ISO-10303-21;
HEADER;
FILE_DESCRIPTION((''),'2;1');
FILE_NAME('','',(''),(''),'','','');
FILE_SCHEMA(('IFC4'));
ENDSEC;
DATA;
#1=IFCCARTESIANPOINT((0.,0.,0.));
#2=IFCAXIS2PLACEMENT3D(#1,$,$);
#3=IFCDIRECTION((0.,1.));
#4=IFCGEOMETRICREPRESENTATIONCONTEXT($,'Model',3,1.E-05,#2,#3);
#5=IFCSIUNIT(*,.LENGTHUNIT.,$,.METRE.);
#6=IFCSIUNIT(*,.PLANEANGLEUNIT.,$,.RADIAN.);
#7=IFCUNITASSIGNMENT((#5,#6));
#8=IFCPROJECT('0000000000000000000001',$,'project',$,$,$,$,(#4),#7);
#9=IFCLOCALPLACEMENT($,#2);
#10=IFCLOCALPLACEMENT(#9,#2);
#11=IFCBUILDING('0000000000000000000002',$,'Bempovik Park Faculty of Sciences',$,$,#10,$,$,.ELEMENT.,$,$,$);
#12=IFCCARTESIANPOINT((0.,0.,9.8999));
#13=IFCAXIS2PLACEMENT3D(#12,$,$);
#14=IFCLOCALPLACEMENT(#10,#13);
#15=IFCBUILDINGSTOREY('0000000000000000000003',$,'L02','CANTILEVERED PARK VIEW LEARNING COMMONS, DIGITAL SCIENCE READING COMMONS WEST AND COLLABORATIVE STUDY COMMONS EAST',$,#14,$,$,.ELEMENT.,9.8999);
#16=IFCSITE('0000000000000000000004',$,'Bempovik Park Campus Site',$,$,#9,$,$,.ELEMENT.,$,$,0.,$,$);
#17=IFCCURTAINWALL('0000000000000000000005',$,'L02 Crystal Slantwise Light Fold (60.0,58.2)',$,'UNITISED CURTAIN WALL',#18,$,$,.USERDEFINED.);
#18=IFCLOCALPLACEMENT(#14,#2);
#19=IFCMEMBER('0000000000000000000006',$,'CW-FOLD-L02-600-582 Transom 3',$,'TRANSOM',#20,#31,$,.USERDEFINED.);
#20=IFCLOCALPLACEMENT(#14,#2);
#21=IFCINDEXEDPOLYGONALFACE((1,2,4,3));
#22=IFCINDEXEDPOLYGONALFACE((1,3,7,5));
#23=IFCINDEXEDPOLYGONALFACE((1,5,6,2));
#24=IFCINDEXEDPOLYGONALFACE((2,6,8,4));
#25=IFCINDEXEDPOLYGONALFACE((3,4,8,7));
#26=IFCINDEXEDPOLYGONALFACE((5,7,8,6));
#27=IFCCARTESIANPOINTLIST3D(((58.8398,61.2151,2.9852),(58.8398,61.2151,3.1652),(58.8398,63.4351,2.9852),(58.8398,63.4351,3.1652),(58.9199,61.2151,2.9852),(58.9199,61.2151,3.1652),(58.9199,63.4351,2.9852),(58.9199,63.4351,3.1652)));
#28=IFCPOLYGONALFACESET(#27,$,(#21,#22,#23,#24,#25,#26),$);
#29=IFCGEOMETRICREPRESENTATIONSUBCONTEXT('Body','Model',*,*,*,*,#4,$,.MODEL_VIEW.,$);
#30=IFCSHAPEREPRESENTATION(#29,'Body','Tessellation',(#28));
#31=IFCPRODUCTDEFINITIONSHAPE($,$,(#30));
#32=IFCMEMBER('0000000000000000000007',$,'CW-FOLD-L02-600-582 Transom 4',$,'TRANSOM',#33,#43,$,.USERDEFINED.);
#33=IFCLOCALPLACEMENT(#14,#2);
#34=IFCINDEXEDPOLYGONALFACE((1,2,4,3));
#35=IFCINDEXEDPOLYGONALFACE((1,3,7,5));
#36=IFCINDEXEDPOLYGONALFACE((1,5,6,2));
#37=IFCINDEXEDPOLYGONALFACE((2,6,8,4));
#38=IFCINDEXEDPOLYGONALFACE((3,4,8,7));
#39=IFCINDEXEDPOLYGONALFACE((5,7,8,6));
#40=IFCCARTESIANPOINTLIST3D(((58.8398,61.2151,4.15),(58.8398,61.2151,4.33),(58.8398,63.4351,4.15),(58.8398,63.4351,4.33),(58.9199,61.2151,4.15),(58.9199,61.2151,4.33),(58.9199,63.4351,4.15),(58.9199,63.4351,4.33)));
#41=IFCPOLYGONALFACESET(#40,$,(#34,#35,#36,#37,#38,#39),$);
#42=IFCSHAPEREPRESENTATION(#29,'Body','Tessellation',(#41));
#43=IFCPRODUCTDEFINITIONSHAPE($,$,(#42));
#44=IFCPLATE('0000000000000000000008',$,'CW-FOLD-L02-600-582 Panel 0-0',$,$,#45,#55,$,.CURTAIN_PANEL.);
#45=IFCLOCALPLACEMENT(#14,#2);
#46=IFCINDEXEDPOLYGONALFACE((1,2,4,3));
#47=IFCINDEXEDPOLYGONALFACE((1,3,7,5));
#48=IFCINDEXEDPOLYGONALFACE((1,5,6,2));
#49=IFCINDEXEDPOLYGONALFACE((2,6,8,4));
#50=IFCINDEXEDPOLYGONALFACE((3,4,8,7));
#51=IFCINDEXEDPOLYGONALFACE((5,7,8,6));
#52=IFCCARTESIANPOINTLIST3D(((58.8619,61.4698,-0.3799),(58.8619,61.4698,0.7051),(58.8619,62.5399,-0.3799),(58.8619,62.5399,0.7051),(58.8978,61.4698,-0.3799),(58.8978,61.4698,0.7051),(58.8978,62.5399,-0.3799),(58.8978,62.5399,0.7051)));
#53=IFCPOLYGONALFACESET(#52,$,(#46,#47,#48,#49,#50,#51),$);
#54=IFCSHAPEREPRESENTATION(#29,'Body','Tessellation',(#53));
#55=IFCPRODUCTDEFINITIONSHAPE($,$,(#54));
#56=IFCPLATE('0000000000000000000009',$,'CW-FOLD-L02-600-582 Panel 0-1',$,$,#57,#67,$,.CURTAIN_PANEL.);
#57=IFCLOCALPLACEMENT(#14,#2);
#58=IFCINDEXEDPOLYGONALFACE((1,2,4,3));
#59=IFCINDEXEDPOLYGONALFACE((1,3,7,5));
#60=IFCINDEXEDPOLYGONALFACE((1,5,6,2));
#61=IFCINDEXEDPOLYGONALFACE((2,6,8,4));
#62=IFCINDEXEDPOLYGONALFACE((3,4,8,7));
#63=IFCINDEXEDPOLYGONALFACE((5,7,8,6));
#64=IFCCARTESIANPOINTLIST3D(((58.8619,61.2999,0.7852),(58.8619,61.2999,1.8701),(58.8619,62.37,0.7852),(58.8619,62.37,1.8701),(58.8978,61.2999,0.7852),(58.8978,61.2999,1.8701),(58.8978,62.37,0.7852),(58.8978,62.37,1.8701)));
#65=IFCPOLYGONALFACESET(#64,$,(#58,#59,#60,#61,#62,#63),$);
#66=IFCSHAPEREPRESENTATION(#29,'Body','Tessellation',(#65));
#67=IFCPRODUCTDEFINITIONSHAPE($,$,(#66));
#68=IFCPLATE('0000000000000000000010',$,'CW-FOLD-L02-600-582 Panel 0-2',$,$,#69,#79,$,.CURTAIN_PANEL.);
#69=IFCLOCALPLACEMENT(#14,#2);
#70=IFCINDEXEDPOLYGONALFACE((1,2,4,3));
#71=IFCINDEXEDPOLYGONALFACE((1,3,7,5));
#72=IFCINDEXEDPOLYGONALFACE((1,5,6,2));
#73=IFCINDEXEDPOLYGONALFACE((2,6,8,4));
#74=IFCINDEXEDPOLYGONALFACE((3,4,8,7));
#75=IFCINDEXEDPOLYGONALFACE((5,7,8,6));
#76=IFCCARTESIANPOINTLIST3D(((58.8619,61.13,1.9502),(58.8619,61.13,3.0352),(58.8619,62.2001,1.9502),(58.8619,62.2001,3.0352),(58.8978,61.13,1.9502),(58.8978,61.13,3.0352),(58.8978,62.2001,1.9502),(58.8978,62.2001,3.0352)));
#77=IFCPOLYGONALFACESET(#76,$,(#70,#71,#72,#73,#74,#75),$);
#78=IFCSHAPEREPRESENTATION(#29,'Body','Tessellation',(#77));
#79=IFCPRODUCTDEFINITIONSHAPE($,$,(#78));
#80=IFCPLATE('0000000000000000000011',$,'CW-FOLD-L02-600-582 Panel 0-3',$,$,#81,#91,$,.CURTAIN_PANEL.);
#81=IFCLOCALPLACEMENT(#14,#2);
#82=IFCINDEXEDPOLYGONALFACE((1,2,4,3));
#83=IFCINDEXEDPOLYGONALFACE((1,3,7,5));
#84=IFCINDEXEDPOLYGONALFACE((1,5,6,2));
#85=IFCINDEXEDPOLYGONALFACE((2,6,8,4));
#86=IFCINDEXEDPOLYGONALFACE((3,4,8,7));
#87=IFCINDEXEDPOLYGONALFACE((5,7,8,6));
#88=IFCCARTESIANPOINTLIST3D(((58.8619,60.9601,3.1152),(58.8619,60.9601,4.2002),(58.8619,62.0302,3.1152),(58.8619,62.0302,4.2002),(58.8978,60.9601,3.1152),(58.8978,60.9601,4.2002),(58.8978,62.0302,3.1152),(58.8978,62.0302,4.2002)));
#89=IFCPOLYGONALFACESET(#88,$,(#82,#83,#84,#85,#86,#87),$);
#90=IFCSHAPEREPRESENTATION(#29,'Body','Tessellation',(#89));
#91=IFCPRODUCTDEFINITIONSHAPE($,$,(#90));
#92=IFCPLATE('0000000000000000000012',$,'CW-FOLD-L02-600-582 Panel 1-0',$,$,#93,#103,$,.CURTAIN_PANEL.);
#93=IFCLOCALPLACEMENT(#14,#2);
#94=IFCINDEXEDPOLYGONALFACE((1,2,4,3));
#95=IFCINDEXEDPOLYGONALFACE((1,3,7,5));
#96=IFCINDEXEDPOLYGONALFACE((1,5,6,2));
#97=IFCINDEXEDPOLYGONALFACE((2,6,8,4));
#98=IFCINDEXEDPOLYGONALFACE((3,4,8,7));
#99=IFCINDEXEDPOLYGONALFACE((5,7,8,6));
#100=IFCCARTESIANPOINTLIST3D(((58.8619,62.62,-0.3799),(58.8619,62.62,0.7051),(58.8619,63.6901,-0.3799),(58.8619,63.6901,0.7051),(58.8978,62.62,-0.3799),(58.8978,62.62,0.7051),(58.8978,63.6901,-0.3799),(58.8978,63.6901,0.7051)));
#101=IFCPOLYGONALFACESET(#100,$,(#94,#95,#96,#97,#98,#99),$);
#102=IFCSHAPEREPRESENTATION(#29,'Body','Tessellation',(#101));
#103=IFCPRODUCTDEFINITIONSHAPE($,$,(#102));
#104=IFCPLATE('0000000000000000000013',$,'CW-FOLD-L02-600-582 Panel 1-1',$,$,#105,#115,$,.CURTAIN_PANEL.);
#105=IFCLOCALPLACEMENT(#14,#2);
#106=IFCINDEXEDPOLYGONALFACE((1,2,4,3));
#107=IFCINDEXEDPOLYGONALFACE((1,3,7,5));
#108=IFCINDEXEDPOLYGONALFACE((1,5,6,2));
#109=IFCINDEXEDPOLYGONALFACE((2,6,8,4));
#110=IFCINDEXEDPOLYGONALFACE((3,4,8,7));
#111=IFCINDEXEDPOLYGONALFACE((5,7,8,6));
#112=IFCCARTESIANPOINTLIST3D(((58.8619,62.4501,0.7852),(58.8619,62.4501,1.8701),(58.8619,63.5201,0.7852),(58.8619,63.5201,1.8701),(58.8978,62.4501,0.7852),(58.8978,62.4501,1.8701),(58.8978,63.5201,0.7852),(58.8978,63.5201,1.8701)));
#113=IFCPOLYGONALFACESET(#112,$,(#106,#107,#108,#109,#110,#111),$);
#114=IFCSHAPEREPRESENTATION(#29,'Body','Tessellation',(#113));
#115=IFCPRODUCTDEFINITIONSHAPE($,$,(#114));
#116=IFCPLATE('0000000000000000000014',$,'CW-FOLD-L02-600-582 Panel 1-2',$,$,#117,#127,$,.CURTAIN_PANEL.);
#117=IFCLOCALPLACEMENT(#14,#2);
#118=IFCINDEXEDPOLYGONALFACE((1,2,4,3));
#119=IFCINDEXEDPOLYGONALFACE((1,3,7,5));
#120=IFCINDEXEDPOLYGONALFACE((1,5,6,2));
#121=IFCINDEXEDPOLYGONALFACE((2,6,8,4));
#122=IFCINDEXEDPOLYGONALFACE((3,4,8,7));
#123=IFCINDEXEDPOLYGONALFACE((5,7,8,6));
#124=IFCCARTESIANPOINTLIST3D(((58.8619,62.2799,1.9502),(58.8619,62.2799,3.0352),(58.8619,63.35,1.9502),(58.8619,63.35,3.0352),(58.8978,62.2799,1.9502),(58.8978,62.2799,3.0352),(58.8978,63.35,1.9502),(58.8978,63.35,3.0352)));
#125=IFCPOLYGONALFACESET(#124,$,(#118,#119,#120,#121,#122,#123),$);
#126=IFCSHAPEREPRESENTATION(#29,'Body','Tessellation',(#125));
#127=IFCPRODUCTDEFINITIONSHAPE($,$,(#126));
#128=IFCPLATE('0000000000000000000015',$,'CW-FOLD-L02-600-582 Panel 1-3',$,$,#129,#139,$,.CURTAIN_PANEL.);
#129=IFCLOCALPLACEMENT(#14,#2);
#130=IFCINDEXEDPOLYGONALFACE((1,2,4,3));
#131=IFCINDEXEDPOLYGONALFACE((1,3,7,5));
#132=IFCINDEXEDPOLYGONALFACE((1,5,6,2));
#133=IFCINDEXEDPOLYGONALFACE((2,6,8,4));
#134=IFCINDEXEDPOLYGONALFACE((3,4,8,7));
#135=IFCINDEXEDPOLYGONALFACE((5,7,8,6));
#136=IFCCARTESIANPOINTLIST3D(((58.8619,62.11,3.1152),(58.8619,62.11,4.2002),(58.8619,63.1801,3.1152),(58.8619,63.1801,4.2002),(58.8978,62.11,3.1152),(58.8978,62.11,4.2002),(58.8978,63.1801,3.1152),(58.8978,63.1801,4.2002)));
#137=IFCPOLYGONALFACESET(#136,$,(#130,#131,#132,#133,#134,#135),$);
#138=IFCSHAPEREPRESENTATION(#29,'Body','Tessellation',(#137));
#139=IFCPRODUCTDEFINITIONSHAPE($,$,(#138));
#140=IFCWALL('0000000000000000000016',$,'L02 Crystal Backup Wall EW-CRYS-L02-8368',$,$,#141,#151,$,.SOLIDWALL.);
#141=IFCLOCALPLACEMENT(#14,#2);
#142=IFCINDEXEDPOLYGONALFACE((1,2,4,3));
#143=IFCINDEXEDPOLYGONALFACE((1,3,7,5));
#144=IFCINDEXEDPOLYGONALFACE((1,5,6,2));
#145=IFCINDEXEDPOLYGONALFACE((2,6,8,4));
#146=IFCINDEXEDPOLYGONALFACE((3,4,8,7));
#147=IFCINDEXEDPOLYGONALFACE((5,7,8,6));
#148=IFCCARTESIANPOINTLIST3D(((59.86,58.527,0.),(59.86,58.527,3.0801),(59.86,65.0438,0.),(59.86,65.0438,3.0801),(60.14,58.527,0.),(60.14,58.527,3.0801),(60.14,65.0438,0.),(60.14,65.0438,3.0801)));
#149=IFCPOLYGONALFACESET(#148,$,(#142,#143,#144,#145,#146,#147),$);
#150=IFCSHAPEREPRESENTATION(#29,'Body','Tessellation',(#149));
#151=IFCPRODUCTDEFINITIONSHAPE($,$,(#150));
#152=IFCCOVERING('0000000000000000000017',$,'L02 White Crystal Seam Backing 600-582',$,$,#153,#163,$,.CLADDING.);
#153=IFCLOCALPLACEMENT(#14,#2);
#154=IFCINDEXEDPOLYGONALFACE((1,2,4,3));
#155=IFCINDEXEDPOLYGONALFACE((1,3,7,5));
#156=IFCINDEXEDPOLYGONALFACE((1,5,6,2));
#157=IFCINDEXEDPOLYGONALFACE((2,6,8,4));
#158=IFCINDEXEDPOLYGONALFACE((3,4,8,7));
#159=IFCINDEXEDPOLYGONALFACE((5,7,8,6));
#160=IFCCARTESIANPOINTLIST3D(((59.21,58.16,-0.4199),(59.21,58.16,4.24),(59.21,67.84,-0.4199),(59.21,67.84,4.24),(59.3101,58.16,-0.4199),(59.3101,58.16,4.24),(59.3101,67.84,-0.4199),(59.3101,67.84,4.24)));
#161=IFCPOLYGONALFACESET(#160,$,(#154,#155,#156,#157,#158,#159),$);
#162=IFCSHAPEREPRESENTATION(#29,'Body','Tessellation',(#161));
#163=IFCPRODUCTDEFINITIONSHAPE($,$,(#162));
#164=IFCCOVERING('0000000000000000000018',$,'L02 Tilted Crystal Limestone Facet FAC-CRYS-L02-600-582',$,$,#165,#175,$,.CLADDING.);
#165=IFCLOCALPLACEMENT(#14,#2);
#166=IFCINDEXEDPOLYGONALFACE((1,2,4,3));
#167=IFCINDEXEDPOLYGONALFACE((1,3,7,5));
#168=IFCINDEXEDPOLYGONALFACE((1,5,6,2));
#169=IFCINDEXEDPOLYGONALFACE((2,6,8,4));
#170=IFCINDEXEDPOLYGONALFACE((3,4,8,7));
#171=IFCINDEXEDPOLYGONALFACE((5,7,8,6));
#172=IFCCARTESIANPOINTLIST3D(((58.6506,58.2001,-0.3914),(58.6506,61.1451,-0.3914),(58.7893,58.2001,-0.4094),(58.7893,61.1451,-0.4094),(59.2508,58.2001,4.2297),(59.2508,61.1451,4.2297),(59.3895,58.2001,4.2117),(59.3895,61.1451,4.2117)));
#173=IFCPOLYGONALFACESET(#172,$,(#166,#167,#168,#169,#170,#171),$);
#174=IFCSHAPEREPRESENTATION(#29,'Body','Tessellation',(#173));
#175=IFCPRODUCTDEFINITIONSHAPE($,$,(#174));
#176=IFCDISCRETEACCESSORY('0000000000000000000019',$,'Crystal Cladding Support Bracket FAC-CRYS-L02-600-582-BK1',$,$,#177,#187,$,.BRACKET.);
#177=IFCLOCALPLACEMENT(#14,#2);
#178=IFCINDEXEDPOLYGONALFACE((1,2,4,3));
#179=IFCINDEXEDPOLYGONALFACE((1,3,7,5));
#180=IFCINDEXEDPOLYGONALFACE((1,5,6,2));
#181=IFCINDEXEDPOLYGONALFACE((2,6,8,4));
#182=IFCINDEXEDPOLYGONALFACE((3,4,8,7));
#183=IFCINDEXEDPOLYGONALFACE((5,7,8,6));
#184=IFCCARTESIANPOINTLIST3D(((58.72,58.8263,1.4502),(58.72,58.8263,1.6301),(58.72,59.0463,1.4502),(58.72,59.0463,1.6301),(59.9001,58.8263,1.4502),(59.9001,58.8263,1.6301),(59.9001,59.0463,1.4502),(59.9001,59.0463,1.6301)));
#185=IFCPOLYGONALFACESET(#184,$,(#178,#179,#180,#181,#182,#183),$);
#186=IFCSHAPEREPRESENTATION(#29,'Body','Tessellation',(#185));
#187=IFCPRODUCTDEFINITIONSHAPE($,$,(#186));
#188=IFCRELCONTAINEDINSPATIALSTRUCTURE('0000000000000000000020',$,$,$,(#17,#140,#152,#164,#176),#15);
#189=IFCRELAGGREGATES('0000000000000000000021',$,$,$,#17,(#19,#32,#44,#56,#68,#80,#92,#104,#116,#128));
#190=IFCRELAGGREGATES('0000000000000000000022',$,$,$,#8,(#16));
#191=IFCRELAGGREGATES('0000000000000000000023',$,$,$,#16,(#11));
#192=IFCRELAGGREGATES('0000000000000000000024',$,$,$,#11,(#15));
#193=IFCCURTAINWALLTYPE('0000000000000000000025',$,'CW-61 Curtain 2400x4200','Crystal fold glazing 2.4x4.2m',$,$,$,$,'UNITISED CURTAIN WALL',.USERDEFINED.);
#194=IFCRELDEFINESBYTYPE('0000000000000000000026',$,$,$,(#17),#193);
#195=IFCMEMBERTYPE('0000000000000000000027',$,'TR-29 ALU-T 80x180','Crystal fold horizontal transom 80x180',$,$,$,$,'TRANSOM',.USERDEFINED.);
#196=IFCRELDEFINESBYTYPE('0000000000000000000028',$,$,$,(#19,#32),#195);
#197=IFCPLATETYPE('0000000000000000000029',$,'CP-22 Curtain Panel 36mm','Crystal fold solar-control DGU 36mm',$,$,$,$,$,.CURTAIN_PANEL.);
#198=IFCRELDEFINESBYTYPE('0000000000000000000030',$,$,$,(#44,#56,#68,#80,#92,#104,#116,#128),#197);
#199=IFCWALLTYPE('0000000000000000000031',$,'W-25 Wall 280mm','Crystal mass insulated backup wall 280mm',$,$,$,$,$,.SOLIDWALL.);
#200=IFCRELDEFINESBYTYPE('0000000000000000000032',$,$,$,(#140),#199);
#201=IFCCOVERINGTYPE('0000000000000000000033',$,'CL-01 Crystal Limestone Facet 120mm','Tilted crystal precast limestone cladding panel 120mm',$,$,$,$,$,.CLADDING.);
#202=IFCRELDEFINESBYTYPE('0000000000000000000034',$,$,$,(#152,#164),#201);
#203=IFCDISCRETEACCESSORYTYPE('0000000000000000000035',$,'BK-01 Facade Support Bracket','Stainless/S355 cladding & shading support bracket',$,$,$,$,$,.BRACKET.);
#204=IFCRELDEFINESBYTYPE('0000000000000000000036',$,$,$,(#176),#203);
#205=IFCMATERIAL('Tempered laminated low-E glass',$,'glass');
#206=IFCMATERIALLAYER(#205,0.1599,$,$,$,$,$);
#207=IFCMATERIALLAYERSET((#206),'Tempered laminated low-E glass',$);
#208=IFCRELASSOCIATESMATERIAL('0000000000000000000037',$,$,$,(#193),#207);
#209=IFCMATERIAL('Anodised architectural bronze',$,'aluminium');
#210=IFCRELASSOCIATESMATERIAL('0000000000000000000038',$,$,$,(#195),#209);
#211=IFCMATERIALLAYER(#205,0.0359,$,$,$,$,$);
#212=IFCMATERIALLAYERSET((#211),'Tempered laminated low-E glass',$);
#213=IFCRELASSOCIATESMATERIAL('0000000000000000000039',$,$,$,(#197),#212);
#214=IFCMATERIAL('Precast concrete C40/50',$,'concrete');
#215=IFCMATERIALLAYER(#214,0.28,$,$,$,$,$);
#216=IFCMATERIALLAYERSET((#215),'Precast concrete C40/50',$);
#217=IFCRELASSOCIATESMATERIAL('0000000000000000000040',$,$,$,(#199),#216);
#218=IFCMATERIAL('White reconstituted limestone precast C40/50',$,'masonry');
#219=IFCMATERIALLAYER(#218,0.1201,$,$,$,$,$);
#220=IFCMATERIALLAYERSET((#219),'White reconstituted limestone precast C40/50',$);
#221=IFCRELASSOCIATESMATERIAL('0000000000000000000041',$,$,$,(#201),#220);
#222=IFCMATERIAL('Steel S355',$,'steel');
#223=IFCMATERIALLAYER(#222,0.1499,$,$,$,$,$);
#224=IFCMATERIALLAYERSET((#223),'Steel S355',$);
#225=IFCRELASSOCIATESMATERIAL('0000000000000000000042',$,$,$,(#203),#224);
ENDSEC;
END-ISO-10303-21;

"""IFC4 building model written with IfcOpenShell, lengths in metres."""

from ifc_helpers import new_model, si_unit, direction, frame, frame_2d, origin, origin_2d, place, context, subcontext, project, spatial, rectangle, extrude, material, layer, layer_set, material_profile, profile_set, type_object, element, aggregate, save


model = new_model("IFC4")

# Units and contexts
model_context = context("Model", 3, precision=1e-05, world=origin(), true_north=direction((0.0, 1.0)))
body_context = subcontext(model_context, "Body", "Model", "MODEL_VIEW")
ifc_project = project(units=[si_unit("LENGTHUNIT", "METRE"), si_unit("PLANEANGLEUNIT", "RADIAN")], contexts=[model_context])

# Site, building, storey
site_placement = place(None, origin())
site = spatial("IfcSite", under=ifc_project, at=site_placement, Name="Bempovik Park Campus Site", CompositionType="ELEMENT", RefElevation=0.0)
building_placement = place(site_placement, origin())
building = spatial("IfcBuilding", under=site, at=building_placement, Name="Bempovik Park Faculty of Sciences", CompositionType="ELEMENT")
storey_placement = place(building_placement, frame((0.0, 0.0, 9.8999)))
storey = spatial("IfcBuildingStorey", under=building, at=storey_placement, Name="L02", Description="CANTILEVERED PARK VIEW LEARNING COMMONS, DIGITAL SCIENCE READING COMMONS WEST AND COLLABORATIVE STUDY COMMONS EAST", CompositionType="ELEMENT", Elevation=9.8999)

# Curtain wall, members, plates
ifc_material_1 = material(Name="Tempered laminated low-E glass", Category="glass")
ifc_layer_1 = layer(ifc_material_1, 0.1599)
ifc_layer_set_1 = layer_set([ifc_layer_1], Name="Tempered laminated low-E glass")
curtain_wall_type = type_object("IfcCurtainWallType", Name="CW-61 Curtain 2400x4200", Description="Crystal fold glazing 2.4x4.2m", ElementType="UNITISED CURTAIN WALL", PredefinedType="USERDEFINED", material=ifc_layer_set_1)
curtain_wall_placement = place(storey_placement, origin())
curtain_wall = element("IfcCurtainWall", 1, at=curtain_wall_placement, inside=storey, type_object=curtain_wall_type, Name="L02 Crystal Slantwise Light Fold (60.0,58.2)", ObjectType="UNITISED CURTAIN WALL", PredefinedType="USERDEFINED")
ifc_material_2 = material(Name="Anodised architectural bronze", Category="aluminium")
ifc_material_profile_1 = material_profile(ifc_material_2, rectangle(XDim=0.0801, YDim=0.1799, at=origin_2d()), Name="ALU-T 80x180")
ifc_profile_set_1 = profile_set([ifc_material_profile_1], Name="Anodised architectural bronze")
member_type_1 = type_object("IfcMemberType", Name="TR-29 ALU-T 80x180", Description="Crystal fold horizontal transom 80x180", ElementType="TRANSOM", PredefinedType="USERDEFINED", material=ifc_profile_set_1)
member_1_placement = place(storey_placement, frame((58.8799, 61.2151, 3.0752), z_axis=(0.0, 1.0, 0.0), x_axis=(-1.0, 0.0, 0.0)))
member_1 = element("IfcMember", 2, at=member_1_placement, type_object=member_type_1, Name="CW-FOLD-L02-600-582 Transom 3", ObjectType="TRANSOM", PredefinedType="USERDEFINED", context=body_context, shape_type="SweptSolid", body=[
    extrude(rectangle(XDim=0.0801, YDim=0.1799, at=origin_2d()), origin(), (0.0, 0.0, 1.0), 2.22),
])
member_2_placement = place(storey_placement, frame((58.8799, 61.2151, 4.24), z_axis=(0.0, 1.0, 0.0), x_axis=(-1.0, 0.0, 0.0)))
member_2 = element("IfcMember", 3, at=member_2_placement, type_object=member_type_1, Name="CW-FOLD-L02-600-582 Transom 4", ObjectType="TRANSOM", PredefinedType="USERDEFINED", context=body_context, shape_type="SweptSolid", body=[
    extrude(rectangle(XDim=0.0801, YDim=0.1799, at=origin_2d()), origin(), (0.0, 0.0, 1.0), 2.22),
])
ifc_layer_2 = layer(ifc_material_1, 0.0359)
ifc_layer_set_2 = layer_set([ifc_layer_2], Name="Tempered laminated low-E glass")
plate_type = type_object("IfcPlateType", Name="CP-22 Curtain Panel 36mm", Description="Crystal fold solar-control DGU 36mm", PredefinedType="CURTAIN_PANEL", material=ifc_layer_set_2)
plate_1_placement = place(storey_placement, frame((58.8799, 62.0049, -0.3799), z_axis=(0.0, 0.0, 1.0), x_axis=(0.0, 1.0, 0.0)))
plate_1 = element("IfcPlate", 4, at=plate_1_placement, type_object=plate_type, Name="CW-FOLD-L02-600-582 Panel 0-0", PredefinedType="CURTAIN_PANEL", context=body_context, shape_type="SweptSolid", body=[
    extrude(rectangle(XDim=1.0701, YDim=0.0359, at=origin_2d()), origin(), (0.0, 0.0, 1.0), 1.085),
])
plate_2_placement = place(storey_placement, frame((58.8799, 61.835, 0.7852), z_axis=(0.0, 0.0, 1.0), x_axis=(0.0, 1.0, 0.0)))
plate_2 = element("IfcPlate", 5, at=plate_2_placement, type_object=plate_type, Name="CW-FOLD-L02-600-582 Panel 0-1", PredefinedType="CURTAIN_PANEL", context=body_context, shape_type="SweptSolid", body=[
    extrude(rectangle(XDim=1.0701, YDim=0.0359, at=origin_2d()), origin(), (0.0, 0.0, 1.0), 1.085),
])
plate_3_placement = place(storey_placement, frame((58.8799, 61.665, 1.9502), z_axis=(0.0, 0.0, 1.0), x_axis=(0.0, 1.0, 0.0)))
plate_3 = element("IfcPlate", 6, at=plate_3_placement, type_object=plate_type, Name="CW-FOLD-L02-600-582 Panel 0-2", PredefinedType="CURTAIN_PANEL", context=body_context, shape_type="SweptSolid", body=[
    extrude(rectangle(XDim=1.0701, YDim=0.0359, at=origin_2d()), origin(), (0.0, 0.0, 1.0), 1.085),
])
plate_4_placement = place(storey_placement, frame((58.8799, 61.4951, 3.1152), z_axis=(0.0, 0.0, 1.0), x_axis=(0.0, 1.0, 0.0)))
plate_4 = element("IfcPlate", 7, at=plate_4_placement, type_object=plate_type, Name="CW-FOLD-L02-600-582 Panel 0-3", PredefinedType="CURTAIN_PANEL", context=body_context, shape_type="SweptSolid", body=[
    extrude(rectangle(XDim=1.0701, YDim=0.0359, at=origin_2d()), origin(), (0.0, 0.0, 1.0), 1.085),
])
plate_5_placement = place(storey_placement, frame((58.8799, 63.155, -0.3799), z_axis=(0.0, 0.0, 1.0), x_axis=(0.0, 1.0, 0.0)))
plate_5 = element("IfcPlate", 8, at=plate_5_placement, type_object=plate_type, Name="CW-FOLD-L02-600-582 Panel 1-0", PredefinedType="CURTAIN_PANEL", context=body_context, shape_type="SweptSolid", body=[
    extrude(rectangle(XDim=1.0701, YDim=0.0359, at=origin_2d()), origin(), (0.0, 0.0, 1.0), 1.085),
])
plate_6_placement = place(storey_placement, frame((58.8799, 62.9851, 0.7852), z_axis=(0.0, 0.0, 1.0), x_axis=(0.0, 1.0, 0.0)))
plate_6 = element("IfcPlate", 9, at=plate_6_placement, type_object=plate_type, Name="CW-FOLD-L02-600-582 Panel 1-1", PredefinedType="CURTAIN_PANEL", context=body_context, shape_type="SweptSolid", body=[
    extrude(rectangle(XDim=1.0701, YDim=0.0359, at=origin_2d()), origin(), (0.0, 0.0, 1.0), 1.085),
])
plate_7_placement = place(storey_placement, frame((58.8799, 62.8149, 1.9502), z_axis=(0.0, 0.0, 1.0), x_axis=(0.0, 1.0, 0.0)))
plate_7 = element("IfcPlate", 10, at=plate_7_placement, type_object=plate_type, Name="CW-FOLD-L02-600-582 Panel 1-2", PredefinedType="CURTAIN_PANEL", context=body_context, shape_type="SweptSolid", body=[
    extrude(rectangle(XDim=1.0701, YDim=0.0359, at=origin_2d()), origin(), (0.0, 0.0, 1.0), 1.085),
])
plate_8_placement = place(storey_placement, frame((58.8799, 62.645, 3.1152), z_axis=(0.0, 0.0, 1.0), x_axis=(0.0, 1.0, 0.0)))
plate_8 = element("IfcPlate", 11, at=plate_8_placement, type_object=plate_type, Name="CW-FOLD-L02-600-582 Panel 1-3", PredefinedType="CURTAIN_PANEL", context=body_context, shape_type="SweptSolid", body=[
    extrude(rectangle(XDim=1.0701, YDim=0.0359, at=origin_2d()), origin(), (0.0, 0.0, 1.0), 1.085),
])
aggregate(curtain_wall, [member_1, member_2, plate_1, plate_2, plate_3, plate_4, plate_5, plate_6, plate_7, plate_8])

# Wall
ifc_material_3 = material(Name="Precast concrete C40/50", Category="concrete")
ifc_layer_3 = layer(ifc_material_3, 0.28)
ifc_layer_set_3 = layer_set([ifc_layer_3], Name="Precast concrete C40/50")
wall_type = type_object("IfcWallType", Name="W-25 Wall 280mm", Description="Crystal mass insulated backup wall 280mm", PredefinedType="SOLIDWALL", material=ifc_layer_set_3)
wall_placement = place(storey_placement, frame((60.0, 58.5271, 0.0), z_axis=(0.0, 0.0, 1.0), x_axis=(0.0, 1.0, 0.0)))
element("IfcWall", 12, at=wall_placement, inside=storey, type_object=wall_type, Name="L02 Crystal Backup Wall EW-CRYS-L02-8368", PredefinedType="SOLIDWALL", context=body_context, shape_type="SweptSolid", body=[
    extrude(rectangle(XDim=6.5168, YDim=0.28, at=frame_2d((3.2583, 0.0))), origin(), (0.0, 0.0, 1.0), 3.0801),
])

# Coverings
ifc_material_4 = material(Name="White reconstituted limestone precast C40/50", Category="masonry")
ifc_layer_4 = layer(ifc_material_4, 0.1201)
ifc_layer_set_4 = layer_set([ifc_layer_4], Name="White reconstituted limestone precast C40/50")
covering_type = type_object("IfcCoveringType", Name="CL-01 Crystal Limestone Facet 120mm", Description="Tilted crystal precast limestone cladding panel 120mm", PredefinedType="CLADDING", material=ifc_layer_set_4)
covering_1_placement = place(storey_placement, frame((59.26, 63.0, -0.4199), z_axis=(0.0, 0.0, 1.0), x_axis=(1.0, 0.0, 0.0)))
element("IfcCovering", 13, at=covering_1_placement, inside=storey, type_object=covering_type, Name="L02 White Crystal Seam Backing 600-582", PredefinedType="CLADDING", context=body_context, shape_type="SweptSolid", body=[
    extrude(rectangle(XDim=0.1001, YDim=9.6799, at=origin_2d()), origin(), (0.0, 0.0, 1.0), 4.6599),
])
covering_2_placement = place(storey_placement, frame((58.72, 59.6726, -0.4004), z_axis=(0.128796, 0.0, 0.991671), x_axis=(0.0, 1.0, 0.0)))
element("IfcCovering", 14, at=covering_2_placement, inside=storey, type_object=covering_type, Name="L02 Tilted Crystal Limestone Facet FAC-CRYS-L02-600-582", PredefinedType="CLADDING", context=body_context, shape_type="SweptSolid", body=[
    extrude(rectangle(XDim=2.9451, YDim=0.1399, at=origin_2d()), origin(), (0.0, 0.0, 1.0), 4.6599),
])

# Discrete accessory
ifc_material_5 = material(Name="Steel S355", Category="steel")
ifc_layer_5 = layer(ifc_material_5, 0.1499)
ifc_layer_set_5 = layer_set([ifc_layer_5], Name="Steel S355")
discrete_accessory_type = type_object("IfcDiscreteAccessoryType", Name="BK-01 Facade Support Bracket", Description="Stainless/S355 cladding & shading support bracket", PredefinedType="BRACKET", material=ifc_layer_set_5)
for number, where, z_axis, x_axis, name in (
    (15, (59.3101, 58.9363, 1.4502), (0.0, 0.0, 1.0), (1.0, 0.0, 0.0), "Crystal Cladding Support Bracket FAC-CRYS-L02-600-582-BK1"),
):
    element("IfcDiscreteAccessory", number, at=place(storey_placement, frame(where, z_axis=z_axis, x_axis=x_axis)), inside=storey, type_object=discrete_accessory_type, Name=name, PredefinedType="BRACKET", context=body_context, shape_type="SweptSolid", body=[
        extrude(rectangle(XDim=1.1802, YDim=0.22, at=origin_2d()), origin(), (0.0, 0.0, 1.0), 0.1799),
    ])

save(model, "model.ifc")
